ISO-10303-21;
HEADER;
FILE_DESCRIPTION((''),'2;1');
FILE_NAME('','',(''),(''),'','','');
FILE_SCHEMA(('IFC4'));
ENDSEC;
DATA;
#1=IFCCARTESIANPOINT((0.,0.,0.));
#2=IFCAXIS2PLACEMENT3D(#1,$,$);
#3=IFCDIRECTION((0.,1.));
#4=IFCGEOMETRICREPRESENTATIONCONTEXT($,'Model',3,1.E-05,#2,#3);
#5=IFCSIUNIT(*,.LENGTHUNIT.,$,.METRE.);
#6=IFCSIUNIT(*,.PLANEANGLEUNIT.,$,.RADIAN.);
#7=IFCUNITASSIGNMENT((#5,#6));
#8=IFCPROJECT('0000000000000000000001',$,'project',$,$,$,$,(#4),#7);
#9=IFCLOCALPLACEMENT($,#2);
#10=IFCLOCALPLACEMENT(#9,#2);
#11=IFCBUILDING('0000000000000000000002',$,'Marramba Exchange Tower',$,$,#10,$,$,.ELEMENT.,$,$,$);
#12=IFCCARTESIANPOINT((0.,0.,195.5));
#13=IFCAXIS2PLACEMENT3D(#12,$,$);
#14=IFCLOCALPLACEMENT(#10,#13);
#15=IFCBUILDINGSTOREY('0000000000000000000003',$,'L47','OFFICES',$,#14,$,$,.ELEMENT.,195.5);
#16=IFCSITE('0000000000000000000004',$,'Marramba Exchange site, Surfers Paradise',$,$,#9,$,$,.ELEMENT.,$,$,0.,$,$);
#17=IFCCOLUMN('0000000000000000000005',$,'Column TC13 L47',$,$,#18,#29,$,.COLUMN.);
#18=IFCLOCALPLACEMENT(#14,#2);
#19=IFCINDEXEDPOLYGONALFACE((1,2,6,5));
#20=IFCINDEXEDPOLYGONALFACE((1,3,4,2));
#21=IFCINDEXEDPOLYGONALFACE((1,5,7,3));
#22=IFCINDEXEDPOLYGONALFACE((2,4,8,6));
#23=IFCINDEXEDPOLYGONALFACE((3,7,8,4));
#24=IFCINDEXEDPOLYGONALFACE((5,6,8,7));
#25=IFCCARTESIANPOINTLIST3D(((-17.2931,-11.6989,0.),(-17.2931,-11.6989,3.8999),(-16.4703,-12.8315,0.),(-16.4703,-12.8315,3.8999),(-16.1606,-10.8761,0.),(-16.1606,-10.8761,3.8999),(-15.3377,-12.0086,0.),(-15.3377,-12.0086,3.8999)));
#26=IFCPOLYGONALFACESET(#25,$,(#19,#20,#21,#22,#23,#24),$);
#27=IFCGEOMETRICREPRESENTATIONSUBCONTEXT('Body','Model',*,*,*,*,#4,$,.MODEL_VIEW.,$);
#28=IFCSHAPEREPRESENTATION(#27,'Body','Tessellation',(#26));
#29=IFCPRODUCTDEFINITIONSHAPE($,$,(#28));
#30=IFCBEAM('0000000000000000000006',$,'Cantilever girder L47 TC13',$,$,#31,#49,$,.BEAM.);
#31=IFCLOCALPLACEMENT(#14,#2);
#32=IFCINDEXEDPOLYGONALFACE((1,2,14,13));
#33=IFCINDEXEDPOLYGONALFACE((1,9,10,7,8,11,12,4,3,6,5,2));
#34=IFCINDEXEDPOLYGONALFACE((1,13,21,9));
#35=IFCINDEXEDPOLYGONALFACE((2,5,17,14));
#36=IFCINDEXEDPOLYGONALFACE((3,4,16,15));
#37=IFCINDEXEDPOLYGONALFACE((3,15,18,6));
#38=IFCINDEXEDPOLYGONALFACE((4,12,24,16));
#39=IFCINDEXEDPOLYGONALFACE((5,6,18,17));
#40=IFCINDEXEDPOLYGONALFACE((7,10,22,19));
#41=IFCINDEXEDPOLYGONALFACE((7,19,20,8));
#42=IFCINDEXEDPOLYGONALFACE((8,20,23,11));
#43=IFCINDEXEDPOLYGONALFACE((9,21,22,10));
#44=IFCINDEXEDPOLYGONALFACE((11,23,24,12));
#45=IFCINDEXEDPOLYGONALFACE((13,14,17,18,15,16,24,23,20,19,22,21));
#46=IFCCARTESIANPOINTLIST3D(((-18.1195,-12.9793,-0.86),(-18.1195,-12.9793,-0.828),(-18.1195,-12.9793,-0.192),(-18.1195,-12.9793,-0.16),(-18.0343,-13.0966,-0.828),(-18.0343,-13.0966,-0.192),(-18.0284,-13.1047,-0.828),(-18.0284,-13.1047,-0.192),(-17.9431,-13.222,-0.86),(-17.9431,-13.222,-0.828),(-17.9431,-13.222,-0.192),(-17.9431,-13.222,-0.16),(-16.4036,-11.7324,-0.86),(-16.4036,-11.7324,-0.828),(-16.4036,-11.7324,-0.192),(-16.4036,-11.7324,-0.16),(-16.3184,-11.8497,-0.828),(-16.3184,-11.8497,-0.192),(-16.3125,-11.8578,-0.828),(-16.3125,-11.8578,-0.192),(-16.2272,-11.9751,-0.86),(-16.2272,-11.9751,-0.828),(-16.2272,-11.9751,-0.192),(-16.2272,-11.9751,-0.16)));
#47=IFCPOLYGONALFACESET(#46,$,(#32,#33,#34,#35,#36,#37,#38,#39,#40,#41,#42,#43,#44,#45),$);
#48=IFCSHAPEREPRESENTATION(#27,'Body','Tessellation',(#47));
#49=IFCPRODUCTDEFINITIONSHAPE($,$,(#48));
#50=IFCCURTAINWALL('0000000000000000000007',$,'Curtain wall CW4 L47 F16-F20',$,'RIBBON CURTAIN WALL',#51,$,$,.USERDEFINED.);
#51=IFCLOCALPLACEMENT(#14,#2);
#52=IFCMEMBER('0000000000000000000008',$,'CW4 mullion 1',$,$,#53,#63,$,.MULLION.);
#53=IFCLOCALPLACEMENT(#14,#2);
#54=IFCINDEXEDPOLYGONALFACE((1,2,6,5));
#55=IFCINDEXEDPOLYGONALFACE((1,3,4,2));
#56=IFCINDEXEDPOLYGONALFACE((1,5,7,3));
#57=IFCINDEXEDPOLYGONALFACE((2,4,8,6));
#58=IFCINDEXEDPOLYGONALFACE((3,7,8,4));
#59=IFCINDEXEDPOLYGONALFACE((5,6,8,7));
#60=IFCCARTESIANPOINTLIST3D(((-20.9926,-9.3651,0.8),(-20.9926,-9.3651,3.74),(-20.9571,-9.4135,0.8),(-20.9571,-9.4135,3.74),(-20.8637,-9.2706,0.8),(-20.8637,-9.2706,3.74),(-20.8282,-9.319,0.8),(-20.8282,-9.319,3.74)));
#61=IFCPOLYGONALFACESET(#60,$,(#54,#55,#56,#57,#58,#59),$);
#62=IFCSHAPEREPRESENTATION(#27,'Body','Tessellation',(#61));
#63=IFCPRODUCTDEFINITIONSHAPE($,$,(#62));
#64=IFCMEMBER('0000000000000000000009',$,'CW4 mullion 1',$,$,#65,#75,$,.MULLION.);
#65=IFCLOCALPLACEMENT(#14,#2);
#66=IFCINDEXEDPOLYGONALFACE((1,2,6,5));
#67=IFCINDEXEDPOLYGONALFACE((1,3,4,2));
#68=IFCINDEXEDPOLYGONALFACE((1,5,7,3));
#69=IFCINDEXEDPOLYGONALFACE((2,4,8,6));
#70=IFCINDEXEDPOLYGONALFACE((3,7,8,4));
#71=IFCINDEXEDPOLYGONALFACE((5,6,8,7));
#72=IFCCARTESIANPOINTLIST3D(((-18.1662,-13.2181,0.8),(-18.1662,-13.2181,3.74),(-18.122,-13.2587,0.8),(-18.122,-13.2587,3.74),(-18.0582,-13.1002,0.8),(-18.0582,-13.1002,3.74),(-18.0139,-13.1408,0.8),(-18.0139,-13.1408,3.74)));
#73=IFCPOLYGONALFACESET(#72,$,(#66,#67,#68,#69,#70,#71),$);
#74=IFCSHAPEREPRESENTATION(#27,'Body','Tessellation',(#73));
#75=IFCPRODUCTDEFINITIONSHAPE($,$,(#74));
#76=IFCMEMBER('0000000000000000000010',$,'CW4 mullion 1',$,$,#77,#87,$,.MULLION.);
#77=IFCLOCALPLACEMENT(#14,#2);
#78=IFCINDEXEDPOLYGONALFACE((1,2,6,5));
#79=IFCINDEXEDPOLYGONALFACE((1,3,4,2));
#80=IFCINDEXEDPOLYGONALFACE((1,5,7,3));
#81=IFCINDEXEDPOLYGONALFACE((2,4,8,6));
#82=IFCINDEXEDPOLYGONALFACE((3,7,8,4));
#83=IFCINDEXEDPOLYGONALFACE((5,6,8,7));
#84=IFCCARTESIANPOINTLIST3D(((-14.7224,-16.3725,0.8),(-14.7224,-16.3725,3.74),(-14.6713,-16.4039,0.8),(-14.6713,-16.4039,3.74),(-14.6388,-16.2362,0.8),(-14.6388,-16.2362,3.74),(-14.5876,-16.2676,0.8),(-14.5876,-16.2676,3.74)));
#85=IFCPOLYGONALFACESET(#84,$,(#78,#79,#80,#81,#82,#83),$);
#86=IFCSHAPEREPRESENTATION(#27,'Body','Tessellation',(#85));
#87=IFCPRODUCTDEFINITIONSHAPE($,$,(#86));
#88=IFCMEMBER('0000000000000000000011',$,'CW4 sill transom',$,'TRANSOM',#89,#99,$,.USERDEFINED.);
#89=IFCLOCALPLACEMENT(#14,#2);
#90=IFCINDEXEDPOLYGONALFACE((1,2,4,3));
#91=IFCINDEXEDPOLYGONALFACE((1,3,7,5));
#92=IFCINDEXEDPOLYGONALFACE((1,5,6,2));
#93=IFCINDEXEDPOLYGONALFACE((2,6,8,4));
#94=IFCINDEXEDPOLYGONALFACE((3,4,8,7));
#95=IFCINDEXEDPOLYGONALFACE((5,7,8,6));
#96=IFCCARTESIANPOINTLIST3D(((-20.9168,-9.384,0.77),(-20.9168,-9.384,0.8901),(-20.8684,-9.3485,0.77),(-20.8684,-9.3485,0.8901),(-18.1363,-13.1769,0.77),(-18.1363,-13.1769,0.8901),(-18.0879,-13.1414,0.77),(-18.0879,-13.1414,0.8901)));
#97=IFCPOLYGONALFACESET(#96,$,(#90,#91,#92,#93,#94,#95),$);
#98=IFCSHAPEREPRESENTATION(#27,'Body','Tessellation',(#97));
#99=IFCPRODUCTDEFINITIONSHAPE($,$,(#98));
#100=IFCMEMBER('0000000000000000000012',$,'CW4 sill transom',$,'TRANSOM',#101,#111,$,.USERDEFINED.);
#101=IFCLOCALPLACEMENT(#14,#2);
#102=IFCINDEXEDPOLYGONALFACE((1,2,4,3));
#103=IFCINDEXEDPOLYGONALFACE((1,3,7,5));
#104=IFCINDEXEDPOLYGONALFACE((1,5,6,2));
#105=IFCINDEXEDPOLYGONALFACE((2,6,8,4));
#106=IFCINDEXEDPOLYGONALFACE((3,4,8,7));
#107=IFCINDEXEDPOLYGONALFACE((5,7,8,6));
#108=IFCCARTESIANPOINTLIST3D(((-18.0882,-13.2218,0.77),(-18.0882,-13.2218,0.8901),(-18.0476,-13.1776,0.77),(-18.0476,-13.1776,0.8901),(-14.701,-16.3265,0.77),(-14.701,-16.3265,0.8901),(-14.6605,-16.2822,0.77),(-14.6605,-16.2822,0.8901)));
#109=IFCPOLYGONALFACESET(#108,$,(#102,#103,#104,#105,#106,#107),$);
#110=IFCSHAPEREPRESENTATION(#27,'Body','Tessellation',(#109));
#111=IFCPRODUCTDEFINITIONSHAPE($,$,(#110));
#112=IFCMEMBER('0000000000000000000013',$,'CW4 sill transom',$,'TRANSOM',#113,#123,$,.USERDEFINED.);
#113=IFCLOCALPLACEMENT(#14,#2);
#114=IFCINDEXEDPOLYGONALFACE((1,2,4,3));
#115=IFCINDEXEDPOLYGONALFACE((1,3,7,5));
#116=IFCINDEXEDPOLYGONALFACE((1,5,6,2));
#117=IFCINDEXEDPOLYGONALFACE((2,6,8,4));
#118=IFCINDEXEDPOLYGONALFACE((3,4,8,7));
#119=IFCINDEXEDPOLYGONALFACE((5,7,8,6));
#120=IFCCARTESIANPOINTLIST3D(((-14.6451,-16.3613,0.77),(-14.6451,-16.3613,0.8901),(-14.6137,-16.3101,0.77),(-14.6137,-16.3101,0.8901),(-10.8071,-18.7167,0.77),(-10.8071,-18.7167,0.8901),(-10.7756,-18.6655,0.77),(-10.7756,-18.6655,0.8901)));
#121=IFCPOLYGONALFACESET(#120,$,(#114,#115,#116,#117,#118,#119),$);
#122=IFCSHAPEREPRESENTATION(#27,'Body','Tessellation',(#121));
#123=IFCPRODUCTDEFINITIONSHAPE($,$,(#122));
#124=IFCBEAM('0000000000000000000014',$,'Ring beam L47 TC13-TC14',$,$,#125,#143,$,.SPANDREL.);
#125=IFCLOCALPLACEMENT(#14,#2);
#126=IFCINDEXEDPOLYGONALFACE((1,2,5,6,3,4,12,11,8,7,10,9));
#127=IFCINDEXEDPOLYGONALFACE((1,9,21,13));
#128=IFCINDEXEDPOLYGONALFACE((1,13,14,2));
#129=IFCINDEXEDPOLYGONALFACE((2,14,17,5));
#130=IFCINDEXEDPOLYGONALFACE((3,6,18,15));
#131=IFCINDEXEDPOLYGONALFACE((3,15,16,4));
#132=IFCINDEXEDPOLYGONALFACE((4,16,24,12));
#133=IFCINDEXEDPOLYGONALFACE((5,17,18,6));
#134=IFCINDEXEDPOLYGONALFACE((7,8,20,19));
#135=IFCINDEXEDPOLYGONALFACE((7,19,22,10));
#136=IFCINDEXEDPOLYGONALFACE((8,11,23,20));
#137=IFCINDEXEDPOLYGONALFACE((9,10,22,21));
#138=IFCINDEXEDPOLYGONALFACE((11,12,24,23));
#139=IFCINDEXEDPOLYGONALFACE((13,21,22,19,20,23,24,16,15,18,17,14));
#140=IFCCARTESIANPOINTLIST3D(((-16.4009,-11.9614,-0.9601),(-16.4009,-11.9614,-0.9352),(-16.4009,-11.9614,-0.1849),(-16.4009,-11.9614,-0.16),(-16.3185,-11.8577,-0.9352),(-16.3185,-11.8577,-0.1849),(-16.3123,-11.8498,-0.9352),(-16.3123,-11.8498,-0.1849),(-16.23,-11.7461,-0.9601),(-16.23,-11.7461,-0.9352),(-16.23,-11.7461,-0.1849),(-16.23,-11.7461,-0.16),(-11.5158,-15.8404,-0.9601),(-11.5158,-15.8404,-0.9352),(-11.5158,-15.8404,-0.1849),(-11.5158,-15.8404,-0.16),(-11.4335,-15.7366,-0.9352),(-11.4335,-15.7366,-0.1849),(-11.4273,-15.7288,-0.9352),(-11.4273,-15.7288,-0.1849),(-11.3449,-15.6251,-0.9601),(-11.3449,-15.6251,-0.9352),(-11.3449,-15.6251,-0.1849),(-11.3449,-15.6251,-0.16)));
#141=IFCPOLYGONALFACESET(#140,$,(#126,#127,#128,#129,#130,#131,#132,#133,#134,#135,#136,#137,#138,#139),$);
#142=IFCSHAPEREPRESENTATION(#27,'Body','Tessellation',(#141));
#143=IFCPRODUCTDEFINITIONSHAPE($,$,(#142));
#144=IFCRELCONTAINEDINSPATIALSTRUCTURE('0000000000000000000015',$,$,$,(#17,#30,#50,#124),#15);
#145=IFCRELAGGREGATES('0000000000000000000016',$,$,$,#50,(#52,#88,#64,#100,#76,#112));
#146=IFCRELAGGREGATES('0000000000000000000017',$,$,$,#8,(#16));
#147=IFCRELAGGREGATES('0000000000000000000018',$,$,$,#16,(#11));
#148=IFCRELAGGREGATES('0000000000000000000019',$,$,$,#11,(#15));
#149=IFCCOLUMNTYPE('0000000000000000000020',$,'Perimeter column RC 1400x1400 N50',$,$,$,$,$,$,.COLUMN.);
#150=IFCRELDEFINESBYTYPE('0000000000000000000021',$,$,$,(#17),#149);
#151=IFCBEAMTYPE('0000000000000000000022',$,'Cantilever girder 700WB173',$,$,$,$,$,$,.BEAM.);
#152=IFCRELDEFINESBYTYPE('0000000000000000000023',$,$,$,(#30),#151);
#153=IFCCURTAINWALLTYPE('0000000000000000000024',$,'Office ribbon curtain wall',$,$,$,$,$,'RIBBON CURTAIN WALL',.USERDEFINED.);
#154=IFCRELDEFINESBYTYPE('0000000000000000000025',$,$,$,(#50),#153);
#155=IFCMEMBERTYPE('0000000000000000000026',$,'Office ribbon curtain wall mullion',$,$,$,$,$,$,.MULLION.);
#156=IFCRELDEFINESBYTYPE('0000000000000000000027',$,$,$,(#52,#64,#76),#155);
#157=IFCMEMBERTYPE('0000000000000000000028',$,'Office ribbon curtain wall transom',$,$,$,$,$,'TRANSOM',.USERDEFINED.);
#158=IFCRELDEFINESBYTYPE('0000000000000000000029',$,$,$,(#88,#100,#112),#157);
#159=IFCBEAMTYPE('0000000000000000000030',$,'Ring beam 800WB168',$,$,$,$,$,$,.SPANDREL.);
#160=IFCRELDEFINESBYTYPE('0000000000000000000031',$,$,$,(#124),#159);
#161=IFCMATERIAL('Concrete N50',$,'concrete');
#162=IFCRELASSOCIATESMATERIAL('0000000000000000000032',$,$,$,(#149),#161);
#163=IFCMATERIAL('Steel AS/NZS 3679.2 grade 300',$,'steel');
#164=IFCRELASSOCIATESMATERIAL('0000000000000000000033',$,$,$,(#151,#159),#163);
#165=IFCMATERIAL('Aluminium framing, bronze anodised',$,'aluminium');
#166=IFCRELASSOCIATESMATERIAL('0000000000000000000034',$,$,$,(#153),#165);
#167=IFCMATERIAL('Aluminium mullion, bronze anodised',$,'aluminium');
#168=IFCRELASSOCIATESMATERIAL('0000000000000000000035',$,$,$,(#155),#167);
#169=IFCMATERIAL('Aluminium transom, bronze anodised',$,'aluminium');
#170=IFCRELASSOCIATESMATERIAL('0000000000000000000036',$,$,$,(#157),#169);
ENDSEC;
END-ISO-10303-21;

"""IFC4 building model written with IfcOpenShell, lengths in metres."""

from ifc_helpers import new_model, si_unit, direction, frame, origin, origin_2d, place, context, subcontext, project, spatial, rectangle, i_section, extrude, material, material_profile, profile_set, type_object, element, aggregate, save


model = new_model("IFC4")

# Units and contexts
model_context = context("Model", 3, precision=1e-05, world=origin(), true_north=direction((0.0, 1.0)))
body_context = subcontext(model_context, "Body", "Model", "MODEL_VIEW")
ifc_project = project(units=[si_unit("LENGTHUNIT", "METRE"), si_unit("PLANEANGLEUNIT", "RADIAN")], contexts=[model_context])

# Site, building, storey
site_placement = place(None, origin())
site = spatial("IfcSite", under=ifc_project, at=site_placement, Name="Marramba Exchange site, Surfers Paradise", CompositionType="ELEMENT", RefElevation=0.0)
building_placement = place(site_placement, origin())
building = spatial("IfcBuilding", under=site, at=building_placement, Name="Marramba Exchange Tower", CompositionType="ELEMENT")
storey_placement = place(building_placement, frame((0.0, 0.0, 195.5)))
storey = spatial("IfcBuildingStorey", under=building, at=storey_placement, Name="L47", Description="OFFICES", CompositionType="ELEMENT", Elevation=195.5)

# Column
ifc_material_1 = material(Name="Concrete N50", Category="concrete")
ifc_material_profile_1 = material_profile(ifc_material_1, rectangle(XDim=1.3999, YDim=1.3999, at=origin_2d()), Name="RC 1400x1400")
ifc_profile_set_1 = profile_set([ifc_material_profile_1], Name="Concrete N50")
column_type = type_object("IfcColumnType", Name="Perimeter column RC 1400x1400 N50", PredefinedType="COLUMN", material=ifc_profile_set_1)
column_placement = place(storey_placement, frame((-16.3154, -11.8538, 0.0), z_axis=(0.0, 0.0, 1.0), x_axis=(-0.809017, -0.587785, 0.0)))
element("IfcColumn", 1, at=column_placement, inside=storey, type_object=column_type, Name="Column TC13 L47", PredefinedType="COLUMN", context=body_context, shape_type="SweptSolid", body=[
    extrude(rectangle(XDim=1.3999, YDim=1.3999, at=origin_2d()), origin(), (0.0, 0.0, 1.0), 3.8999),
])

# Beam
ifc_material_2 = material(Name="Steel AS/NZS 3679.2 grade 300", Category="steel")
ifc_material_profile_2 = material_profile(ifc_material_2, i_section(OverallWidth=0.3, OverallDepth=0.7, WebThickness=0.01, FlangeThickness=0.032, at=origin_2d()), Name="700WB173")
ifc_profile_set_2 = profile_set([ifc_material_profile_2], Name="Steel AS/NZS 3679.2 grade 300")
beam_type_1 = type_object("IfcBeamType", Name="Cantilever girder 700WB173", PredefinedType="BEAM", material=ifc_profile_set_2)
beam_1_placement = place(storey_placement, frame((-16.3154, -11.8538, -0.51), z_axis=(-0.80897, -0.58785, 0.0), x_axis=(0.58785, -0.80897, 0.0)))
element("IfcBeam", 2, at=beam_1_placement, inside=storey, type_object=beam_type_1, Name="Cantilever girder L47 TC13", PredefinedType="BEAM", context=body_context, shape_type="SweptSolid", body=[
    extrude(i_section(OverallWidth=0.3, OverallDepth=0.7, WebThickness=0.01, FlangeThickness=0.032, at=origin_2d()), origin(), (0.0, 0.0, 1.0), 2.1211),
])

# Curtain wall, members
ifc_material_3 = material(Name="Aluminium framing, bronze anodised", Category="aluminium")
curtain_wall_type = type_object("IfcCurtainWallType", Name="Office ribbon curtain wall", ElementType="RIBBON CURTAIN WALL", PredefinedType="USERDEFINED", material=ifc_material_3)
curtain_wall_placement = place(storey_placement, origin())
curtain_wall = element("IfcCurtainWall", 3, at=curtain_wall_placement, inside=storey, type_object=curtain_wall_type, Name="Curtain wall CW4 L47 F16-F20", ObjectType="RIBBON CURTAIN WALL", PredefinedType="USERDEFINED")
ifc_material_4 = material(Name="Aluminium mullion, bronze anodised", Category="aluminium")
ifc_material_profile_3 = material_profile(ifc_material_4, rectangle(XDim=0.1599, YDim=0.0601, at=origin_2d()), Name="CW4 mullion 60x160")
ifc_profile_set_3 = profile_set([ifc_material_profile_3], Name="Aluminium mullion, bronze anodised")
member_type_1 = type_object("IfcMemberType", Name="Office ribbon curtain wall mullion", PredefinedType="MULLION", material=ifc_profile_set_3)
member_1_placement = place(storey_placement, frame((-20.9104, -9.342, 0.8), z_axis=(0.0, 0.0, 1.0), x_axis=(0.806508, 0.591223, 0.0)))
member_1 = element("IfcMember", 4, at=member_1_placement, type_object=member_type_1, Name="CW4 mullion 1", PredefinedType="MULLION", context=body_context, shape_type="SweptSolid", body=[
    extrude(rectangle(XDim=0.1599, YDim=0.0601, at=origin_2d()), origin(), (0.0, 0.0, 1.0), 2.9399),
])
member_2_placement = place(storey_placement, frame((-18.0901, -13.1794, 0.8), z_axis=(0.0, 0.0, 1.0), x_axis=(0.675671, 0.737203, 0.0)))
member_2 = element("IfcMember", 5, at=member_2_placement, type_object=member_type_1, Name="CW4 mullion 1", PredefinedType="MULLION", context=body_context, shape_type="SweptSolid", body=[
    extrude(rectangle(XDim=0.1599, YDim=0.0601, at=origin_2d()), origin(), (0.0, 0.0, 1.0), 2.9399),
])
member_3_placement = place(storey_placement, frame((-14.655, -16.3201, 0.8), z_axis=(0.0, 0.0, 1.0), x_axis=(0.523052, 0.852301, 0.0)))
member_3 = element("IfcMember", 6, at=member_3_placement, type_object=member_type_1, Name="CW4 mullion 1", PredefinedType="MULLION", context=body_context, shape_type="SweptSolid", body=[
    extrude(rectangle(XDim=0.1599, YDim=0.0601, at=origin_2d()), origin(), (0.0, 0.0, 1.0), 2.9399),
])
ifc_material_5 = material(Name="Aluminium transom, bronze anodised", Category="aluminium")
ifc_material_profile_4 = material_profile(ifc_material_5, rectangle(XDim=0.0601, YDim=0.1201, at=origin_2d()), Name="CW4 transom 60x120")
ifc_profile_set_4 = profile_set([ifc_material_profile_4], Name="Aluminium transom, bronze anodised")
member_type_2 = type_object("IfcMemberType", Name="Office ribbon curtain wall transom", ElementType="TRANSOM", PredefinedType="USERDEFINED", material=ifc_profile_set_4)
member_4_placement = place(storey_placement, frame((-20.8926, -9.3662, 0.8301), z_axis=(0.591226, -0.806506, 0.0), x_axis=(0.806506, 0.591226, 0.0)))
member_4 = element("IfcMember", 7, at=member_4_placement, type_object=member_type_2, Name="CW4 sill transom", ObjectType="TRANSOM", PredefinedType="USERDEFINED", context=body_context, shape_type="SweptSolid", body=[
    extrude(rectangle(XDim=0.0601, YDim=0.1201, at=origin_2d()), origin(), (0.0, 0.0, 1.0), 4.7029),
])
member_5_placement = place(storey_placement, frame((-18.0679, -13.1997, 0.8301), z_axis=(0.737176, -0.675701, 0.0), x_axis=(0.675701, 0.737176, 0.0)))
member_5 = element("IfcMember", 8, at=member_5_placement, type_object=member_type_2, Name="CW4 sill transom", ObjectType="TRANSOM", PredefinedType="USERDEFINED", context=body_context, shape_type="SweptSolid", body=[
    extrude(rectangle(XDim=0.0601, YDim=0.1201, at=origin_2d()), origin(), (0.0, 0.0, 1.0), 4.5947),
])
member_6_placement = place(storey_placement, frame((-14.6294, -16.3357, 0.8301), z_axis=(0.852298, -0.523056, 0.0), x_axis=(0.523056, 0.852298, 0.0)))
member_6 = element("IfcMember", 9, at=member_6_placement, type_object=member_type_2, Name="CW4 sill transom", ObjectType="TRANSOM", PredefinedType="USERDEFINED", context=body_context, shape_type="SweptSolid", body=[
    extrude(rectangle(XDim=0.0601, YDim=0.1201, at=origin_2d()), origin(), (0.0, 0.0, 1.0), 4.5032),
])

# Beam
ifc_material_profile_5 = material_profile(ifc_material_2, i_section(OverallWidth=0.2749, OverallDepth=0.8, WebThickness=0.01, FlangeThickness=0.0249, at=origin_2d()), Name="800WB168")
ifc_profile_set_5 = profile_set([ifc_material_profile_5], Name="Steel AS/NZS 3679.2 grade 300")
beam_type_2 = type_object("IfcBeamType", Name="Ring beam 800WB168", PredefinedType="SPANDREL", material=ifc_profile_set_5)
beam_2_placement = place(storey_placement, frame((-16.3154, -11.8538, -0.5601), z_axis=(0.783139, -0.621846, 0.0), x_axis=(0.621846, 0.783139, 0.0)))
element("IfcBeam", 10, at=beam_2_placement, inside=storey, type_object=beam_type_2, Name="Ring beam L47 TC13-TC14", PredefinedType="SPANDREL", context=body_context, shape_type="SweptSolid", body=[
    extrude(i_section(OverallWidth=0.2749, OverallDepth=0.8, WebThickness=0.01, FlangeThickness=0.0249, at=origin_2d()), origin(), (0.0, 0.0, 1.0), 6.2378),
])

aggregate(curtain_wall, [member_1, member_4, member_2, member_5, member_3, member_6])

save(model, "model.ifc")
